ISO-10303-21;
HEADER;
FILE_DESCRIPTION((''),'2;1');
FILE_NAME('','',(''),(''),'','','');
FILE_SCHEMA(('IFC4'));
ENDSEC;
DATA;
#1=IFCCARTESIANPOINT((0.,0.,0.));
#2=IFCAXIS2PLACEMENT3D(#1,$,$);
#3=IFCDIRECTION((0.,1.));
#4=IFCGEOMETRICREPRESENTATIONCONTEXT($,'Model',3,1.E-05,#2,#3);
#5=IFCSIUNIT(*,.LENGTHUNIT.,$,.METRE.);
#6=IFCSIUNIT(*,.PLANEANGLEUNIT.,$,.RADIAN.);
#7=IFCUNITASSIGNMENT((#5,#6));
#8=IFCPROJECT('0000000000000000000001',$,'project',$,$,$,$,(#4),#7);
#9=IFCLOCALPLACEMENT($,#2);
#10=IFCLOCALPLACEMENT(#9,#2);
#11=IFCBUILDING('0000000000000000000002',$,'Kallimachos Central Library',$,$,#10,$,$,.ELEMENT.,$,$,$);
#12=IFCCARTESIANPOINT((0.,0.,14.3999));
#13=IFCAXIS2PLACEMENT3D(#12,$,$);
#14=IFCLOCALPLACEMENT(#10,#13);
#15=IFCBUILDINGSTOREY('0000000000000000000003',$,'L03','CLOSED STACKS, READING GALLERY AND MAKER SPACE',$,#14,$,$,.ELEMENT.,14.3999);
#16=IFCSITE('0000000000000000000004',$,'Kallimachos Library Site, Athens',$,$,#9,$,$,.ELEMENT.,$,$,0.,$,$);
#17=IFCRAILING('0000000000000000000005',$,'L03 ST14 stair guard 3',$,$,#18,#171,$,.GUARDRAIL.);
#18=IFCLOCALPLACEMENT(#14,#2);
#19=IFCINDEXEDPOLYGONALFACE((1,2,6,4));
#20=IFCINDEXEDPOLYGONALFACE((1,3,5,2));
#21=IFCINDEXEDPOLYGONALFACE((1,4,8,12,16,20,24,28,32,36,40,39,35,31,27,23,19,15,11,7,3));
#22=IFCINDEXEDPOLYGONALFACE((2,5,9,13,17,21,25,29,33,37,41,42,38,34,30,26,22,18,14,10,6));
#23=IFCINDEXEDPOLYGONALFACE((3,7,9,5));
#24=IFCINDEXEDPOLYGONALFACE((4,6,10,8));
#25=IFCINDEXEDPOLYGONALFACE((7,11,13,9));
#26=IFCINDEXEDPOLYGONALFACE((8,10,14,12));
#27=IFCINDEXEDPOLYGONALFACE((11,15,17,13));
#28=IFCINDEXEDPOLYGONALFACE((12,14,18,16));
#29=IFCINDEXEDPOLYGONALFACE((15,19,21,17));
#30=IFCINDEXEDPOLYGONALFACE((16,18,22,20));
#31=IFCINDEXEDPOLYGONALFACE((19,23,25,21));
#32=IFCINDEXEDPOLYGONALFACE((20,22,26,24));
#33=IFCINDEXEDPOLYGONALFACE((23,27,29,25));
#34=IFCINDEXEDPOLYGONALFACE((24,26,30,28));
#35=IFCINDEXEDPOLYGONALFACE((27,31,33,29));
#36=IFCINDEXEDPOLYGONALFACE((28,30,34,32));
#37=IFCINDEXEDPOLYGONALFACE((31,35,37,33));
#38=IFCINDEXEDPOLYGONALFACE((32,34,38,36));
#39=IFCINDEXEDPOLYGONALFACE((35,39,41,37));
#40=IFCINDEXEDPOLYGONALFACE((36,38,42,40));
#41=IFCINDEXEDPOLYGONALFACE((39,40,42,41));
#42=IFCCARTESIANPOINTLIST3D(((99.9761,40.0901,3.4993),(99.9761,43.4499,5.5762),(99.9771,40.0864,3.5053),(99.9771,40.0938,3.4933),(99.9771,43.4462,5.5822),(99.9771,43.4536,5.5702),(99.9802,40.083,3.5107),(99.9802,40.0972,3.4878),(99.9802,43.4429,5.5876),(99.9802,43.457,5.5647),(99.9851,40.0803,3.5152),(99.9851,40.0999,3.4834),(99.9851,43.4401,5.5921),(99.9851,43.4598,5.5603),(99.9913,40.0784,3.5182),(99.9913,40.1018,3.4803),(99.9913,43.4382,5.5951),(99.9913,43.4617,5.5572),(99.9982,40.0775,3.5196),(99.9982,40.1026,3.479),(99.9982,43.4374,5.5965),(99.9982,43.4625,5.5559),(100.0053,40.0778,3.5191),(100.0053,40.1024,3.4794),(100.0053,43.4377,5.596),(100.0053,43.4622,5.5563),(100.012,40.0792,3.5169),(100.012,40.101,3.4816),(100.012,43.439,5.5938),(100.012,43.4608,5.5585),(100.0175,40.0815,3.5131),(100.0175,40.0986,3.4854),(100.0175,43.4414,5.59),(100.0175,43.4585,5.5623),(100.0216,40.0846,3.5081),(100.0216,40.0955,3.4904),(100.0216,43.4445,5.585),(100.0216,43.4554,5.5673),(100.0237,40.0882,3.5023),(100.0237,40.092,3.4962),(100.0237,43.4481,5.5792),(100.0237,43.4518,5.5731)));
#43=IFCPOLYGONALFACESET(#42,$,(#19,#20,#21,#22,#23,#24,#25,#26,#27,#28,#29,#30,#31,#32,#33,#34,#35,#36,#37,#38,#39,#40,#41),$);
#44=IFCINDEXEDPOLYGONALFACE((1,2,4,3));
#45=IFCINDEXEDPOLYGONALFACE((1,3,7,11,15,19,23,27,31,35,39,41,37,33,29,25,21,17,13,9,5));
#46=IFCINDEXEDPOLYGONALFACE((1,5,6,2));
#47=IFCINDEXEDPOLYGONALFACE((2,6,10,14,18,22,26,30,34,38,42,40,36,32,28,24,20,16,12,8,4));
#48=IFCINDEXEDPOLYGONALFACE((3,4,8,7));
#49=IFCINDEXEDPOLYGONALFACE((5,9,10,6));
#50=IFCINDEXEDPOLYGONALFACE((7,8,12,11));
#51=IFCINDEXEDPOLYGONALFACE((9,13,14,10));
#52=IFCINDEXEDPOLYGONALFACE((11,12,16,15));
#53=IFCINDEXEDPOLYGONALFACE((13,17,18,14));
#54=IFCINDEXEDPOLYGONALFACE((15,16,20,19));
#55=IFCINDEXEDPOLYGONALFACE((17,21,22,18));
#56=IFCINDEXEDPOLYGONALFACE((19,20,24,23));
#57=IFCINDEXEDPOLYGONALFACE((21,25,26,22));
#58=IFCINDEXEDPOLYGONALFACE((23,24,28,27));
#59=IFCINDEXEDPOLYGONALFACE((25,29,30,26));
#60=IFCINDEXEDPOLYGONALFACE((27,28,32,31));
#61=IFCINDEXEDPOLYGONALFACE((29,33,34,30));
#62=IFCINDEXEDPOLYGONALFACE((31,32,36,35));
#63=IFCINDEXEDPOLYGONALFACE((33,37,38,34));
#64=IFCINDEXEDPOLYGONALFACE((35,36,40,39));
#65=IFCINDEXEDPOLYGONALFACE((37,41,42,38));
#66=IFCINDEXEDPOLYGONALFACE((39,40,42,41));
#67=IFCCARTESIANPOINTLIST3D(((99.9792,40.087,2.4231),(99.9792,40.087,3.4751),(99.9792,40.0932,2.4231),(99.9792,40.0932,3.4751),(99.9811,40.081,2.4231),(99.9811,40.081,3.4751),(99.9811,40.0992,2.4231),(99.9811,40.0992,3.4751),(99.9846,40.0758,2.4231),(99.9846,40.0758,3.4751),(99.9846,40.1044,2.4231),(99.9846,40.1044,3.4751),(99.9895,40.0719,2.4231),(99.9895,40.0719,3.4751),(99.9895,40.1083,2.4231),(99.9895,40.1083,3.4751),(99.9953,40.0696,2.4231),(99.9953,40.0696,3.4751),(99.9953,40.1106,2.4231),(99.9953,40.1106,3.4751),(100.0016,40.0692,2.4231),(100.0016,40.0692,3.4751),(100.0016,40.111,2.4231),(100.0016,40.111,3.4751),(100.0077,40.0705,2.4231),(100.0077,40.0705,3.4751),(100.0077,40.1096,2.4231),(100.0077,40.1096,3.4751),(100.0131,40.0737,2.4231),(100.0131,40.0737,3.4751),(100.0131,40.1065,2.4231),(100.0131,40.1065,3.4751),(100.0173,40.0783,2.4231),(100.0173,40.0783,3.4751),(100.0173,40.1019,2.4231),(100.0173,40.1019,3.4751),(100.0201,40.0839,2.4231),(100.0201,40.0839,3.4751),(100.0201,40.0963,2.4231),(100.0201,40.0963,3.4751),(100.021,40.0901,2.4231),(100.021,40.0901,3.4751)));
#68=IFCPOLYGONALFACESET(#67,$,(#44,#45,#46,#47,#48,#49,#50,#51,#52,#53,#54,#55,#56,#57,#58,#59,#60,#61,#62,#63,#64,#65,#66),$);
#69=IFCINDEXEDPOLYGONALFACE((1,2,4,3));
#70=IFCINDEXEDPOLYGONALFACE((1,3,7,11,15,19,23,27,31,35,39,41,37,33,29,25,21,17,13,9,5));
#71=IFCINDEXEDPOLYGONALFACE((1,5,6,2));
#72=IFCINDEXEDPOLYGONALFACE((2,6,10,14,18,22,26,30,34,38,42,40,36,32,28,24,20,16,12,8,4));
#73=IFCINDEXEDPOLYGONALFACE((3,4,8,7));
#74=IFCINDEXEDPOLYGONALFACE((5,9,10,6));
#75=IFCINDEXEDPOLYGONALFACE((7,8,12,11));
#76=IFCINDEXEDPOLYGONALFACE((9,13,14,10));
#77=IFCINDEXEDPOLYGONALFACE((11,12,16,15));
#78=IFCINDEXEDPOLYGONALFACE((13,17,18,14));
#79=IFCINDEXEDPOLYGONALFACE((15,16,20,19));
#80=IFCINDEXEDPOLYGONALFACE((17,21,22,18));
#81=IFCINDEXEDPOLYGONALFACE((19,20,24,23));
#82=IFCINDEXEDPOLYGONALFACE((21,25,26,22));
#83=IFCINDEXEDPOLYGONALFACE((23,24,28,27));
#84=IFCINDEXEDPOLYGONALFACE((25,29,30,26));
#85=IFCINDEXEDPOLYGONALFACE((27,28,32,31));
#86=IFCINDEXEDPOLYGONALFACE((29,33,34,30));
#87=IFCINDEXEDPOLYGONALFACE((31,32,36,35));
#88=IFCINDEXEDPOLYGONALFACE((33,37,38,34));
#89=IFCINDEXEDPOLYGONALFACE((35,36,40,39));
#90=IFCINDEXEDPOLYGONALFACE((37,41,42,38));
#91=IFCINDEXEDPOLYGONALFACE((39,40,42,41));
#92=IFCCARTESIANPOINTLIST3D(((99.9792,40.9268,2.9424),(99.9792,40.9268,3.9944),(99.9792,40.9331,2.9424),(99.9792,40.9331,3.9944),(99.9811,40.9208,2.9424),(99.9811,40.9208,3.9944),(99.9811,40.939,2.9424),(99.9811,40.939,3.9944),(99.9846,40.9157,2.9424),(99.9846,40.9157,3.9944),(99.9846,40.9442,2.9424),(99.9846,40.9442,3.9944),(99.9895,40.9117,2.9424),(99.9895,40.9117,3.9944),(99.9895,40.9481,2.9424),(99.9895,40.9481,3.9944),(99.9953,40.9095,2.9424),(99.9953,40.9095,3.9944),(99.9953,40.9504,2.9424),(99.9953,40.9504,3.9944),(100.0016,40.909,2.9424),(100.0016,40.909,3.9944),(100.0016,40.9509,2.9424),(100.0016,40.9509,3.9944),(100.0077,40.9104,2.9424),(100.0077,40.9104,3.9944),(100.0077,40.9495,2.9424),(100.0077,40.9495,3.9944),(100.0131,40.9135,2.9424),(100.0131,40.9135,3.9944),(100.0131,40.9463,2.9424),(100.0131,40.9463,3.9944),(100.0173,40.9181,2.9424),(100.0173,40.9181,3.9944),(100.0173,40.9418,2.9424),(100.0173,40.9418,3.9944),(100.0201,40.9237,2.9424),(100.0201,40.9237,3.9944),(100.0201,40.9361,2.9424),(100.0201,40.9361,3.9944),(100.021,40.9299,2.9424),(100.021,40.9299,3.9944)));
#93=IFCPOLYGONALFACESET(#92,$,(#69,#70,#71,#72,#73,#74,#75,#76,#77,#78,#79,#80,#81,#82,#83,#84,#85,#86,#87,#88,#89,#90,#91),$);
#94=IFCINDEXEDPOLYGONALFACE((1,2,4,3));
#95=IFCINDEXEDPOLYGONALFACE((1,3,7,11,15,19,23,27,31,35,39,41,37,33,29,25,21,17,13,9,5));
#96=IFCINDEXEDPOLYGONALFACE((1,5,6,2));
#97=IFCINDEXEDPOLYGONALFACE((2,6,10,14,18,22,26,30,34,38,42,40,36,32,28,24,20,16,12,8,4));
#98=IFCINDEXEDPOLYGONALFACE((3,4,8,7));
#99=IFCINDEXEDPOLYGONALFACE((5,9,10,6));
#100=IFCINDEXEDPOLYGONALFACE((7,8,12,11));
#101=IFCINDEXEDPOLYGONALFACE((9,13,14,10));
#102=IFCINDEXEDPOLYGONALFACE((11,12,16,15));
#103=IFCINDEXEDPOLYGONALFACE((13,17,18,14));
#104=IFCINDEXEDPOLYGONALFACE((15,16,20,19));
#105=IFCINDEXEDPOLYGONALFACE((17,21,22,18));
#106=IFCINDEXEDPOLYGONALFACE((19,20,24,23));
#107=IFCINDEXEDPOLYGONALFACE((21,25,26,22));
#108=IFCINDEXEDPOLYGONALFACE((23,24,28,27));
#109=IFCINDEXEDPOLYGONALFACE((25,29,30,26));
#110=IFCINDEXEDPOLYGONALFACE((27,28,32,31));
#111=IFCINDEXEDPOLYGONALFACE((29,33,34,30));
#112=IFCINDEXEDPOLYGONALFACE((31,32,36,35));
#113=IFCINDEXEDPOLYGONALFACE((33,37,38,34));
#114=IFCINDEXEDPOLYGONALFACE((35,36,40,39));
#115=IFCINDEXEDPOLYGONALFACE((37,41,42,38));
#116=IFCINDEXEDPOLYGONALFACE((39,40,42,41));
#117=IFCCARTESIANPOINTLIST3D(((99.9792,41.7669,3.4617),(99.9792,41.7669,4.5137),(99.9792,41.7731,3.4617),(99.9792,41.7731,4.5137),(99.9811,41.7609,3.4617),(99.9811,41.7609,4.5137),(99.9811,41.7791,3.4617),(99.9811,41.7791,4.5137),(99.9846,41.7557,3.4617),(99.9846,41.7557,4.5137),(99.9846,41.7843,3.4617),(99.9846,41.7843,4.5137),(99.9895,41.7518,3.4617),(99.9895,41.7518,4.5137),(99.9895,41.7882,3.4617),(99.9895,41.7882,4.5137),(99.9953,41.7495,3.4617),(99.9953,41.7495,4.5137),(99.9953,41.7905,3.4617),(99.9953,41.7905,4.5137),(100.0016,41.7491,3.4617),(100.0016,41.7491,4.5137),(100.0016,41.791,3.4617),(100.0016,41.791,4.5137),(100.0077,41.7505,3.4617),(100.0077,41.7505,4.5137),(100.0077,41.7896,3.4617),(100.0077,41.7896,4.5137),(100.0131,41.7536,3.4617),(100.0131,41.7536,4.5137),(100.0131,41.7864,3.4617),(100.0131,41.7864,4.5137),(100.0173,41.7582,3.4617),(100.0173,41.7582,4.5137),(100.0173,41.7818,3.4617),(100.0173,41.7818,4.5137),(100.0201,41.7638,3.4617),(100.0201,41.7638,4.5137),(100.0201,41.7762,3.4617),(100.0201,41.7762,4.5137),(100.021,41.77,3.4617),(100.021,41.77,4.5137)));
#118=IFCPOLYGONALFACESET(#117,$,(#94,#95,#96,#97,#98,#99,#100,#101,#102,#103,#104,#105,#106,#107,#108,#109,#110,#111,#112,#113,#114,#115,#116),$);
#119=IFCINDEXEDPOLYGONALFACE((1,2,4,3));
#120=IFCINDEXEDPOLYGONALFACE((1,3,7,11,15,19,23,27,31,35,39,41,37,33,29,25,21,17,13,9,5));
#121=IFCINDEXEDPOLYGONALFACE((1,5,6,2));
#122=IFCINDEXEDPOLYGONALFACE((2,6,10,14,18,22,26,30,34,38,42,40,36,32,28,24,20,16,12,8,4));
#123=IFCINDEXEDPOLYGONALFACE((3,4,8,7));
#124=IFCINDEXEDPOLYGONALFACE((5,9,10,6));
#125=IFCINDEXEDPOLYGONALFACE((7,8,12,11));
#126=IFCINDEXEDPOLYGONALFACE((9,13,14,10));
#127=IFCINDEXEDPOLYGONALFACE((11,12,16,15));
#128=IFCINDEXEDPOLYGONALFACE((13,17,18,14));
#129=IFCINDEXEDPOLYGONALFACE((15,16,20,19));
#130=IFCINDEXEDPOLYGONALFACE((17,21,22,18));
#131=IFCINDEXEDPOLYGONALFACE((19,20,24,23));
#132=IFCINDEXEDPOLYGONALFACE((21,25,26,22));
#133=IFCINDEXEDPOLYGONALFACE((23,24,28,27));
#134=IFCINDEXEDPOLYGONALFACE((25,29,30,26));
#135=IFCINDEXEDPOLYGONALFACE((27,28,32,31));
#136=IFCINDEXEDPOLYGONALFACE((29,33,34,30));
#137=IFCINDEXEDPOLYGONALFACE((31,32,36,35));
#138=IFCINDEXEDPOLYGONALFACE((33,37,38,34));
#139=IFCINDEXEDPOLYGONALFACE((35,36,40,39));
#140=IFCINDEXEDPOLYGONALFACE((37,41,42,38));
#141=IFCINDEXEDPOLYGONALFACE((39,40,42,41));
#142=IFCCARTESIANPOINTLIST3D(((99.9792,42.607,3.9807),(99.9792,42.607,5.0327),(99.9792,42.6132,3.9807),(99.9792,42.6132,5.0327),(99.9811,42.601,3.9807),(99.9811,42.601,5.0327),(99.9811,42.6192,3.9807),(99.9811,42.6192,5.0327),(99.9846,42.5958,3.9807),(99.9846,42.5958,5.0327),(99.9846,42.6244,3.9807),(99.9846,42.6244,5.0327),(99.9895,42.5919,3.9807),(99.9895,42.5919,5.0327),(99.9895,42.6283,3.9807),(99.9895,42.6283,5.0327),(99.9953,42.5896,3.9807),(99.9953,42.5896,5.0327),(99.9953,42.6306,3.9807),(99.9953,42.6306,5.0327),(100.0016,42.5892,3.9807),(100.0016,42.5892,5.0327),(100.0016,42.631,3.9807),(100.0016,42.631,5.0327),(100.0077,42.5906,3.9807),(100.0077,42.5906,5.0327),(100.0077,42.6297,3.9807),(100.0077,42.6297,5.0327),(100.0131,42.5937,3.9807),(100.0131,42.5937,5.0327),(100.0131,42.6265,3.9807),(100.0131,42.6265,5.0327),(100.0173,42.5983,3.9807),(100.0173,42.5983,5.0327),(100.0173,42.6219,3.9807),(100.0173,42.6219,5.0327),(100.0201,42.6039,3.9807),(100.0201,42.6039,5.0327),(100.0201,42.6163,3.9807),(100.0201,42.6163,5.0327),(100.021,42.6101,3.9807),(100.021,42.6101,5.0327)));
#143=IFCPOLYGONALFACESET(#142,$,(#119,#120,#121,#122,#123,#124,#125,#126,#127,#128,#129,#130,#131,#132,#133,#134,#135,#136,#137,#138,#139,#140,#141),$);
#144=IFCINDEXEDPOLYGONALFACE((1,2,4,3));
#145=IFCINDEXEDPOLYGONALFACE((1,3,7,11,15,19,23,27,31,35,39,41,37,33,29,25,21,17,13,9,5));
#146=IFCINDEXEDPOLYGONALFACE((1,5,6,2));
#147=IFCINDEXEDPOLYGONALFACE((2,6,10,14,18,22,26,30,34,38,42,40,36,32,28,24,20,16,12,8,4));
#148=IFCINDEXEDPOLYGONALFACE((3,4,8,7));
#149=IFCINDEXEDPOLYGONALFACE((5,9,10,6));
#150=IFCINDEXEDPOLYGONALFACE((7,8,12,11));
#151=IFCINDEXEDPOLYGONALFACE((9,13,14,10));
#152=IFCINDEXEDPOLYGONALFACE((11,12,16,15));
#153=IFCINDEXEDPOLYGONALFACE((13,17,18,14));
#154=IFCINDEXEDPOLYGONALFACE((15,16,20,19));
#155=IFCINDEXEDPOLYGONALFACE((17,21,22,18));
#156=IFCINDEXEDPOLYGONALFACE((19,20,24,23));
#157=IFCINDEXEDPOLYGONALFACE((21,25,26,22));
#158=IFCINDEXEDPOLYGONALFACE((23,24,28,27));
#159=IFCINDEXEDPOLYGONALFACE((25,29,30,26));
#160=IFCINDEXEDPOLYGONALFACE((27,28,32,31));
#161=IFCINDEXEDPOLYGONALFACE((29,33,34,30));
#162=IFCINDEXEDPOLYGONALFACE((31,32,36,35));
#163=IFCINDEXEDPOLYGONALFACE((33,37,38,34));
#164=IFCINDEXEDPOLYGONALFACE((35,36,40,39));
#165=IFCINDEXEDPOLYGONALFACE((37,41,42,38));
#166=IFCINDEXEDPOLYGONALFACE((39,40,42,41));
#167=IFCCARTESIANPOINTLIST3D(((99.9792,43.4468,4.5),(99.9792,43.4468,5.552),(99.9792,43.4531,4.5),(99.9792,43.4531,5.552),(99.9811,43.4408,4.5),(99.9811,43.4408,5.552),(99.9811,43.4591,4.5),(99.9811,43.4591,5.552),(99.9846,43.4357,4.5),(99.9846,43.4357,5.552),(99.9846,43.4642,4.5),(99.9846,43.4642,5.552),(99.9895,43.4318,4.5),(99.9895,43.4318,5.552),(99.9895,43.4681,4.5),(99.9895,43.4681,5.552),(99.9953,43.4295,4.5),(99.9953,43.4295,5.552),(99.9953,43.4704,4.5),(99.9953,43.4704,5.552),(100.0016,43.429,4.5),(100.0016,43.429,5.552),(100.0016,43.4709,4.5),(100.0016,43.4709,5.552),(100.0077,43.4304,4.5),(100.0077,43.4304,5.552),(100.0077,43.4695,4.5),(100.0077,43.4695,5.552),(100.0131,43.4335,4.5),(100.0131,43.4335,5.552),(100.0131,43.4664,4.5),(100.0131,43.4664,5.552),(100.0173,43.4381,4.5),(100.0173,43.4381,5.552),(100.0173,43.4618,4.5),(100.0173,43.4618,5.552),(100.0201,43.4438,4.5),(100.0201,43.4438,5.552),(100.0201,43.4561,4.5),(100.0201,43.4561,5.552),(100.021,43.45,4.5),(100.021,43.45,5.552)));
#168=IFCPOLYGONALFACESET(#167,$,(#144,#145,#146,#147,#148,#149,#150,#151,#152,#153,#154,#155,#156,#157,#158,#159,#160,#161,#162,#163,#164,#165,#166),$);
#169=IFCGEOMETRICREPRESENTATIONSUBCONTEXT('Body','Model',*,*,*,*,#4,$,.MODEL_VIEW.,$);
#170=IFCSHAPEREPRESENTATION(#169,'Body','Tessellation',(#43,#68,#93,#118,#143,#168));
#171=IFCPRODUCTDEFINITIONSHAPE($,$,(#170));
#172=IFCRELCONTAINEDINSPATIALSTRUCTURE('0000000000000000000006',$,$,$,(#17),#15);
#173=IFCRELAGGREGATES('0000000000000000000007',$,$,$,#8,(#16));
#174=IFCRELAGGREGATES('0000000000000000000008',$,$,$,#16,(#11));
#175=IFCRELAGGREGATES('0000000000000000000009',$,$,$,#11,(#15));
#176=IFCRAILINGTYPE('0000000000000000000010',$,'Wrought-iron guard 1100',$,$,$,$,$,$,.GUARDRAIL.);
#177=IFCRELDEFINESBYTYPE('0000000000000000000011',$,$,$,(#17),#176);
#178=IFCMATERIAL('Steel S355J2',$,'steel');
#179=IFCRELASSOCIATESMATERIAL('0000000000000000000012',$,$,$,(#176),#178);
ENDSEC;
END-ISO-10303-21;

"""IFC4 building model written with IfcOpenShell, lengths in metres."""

from ifc_helpers import new_model, si_unit, direction, frame, origin, origin_2d, place, context, subcontext, project, spatial, circle, extrude, material, type_object, element, save


model = new_model("IFC4")

# Units and contexts
model_context = context("Model", 3, precision=1e-05, world=origin(), true_north=direction((0.0, 1.0)))
body_context = subcontext(model_context, "Body", "Model", "MODEL_VIEW")
ifc_project = project(units=[si_unit("LENGTHUNIT", "METRE"), si_unit("PLANEANGLEUNIT", "RADIAN")], contexts=[model_context])

# Site, building, storey
site_placement = place(None, origin())
site = spatial("IfcSite", under=ifc_project, at=site_placement, Name="Kallimachos Library Site, Athens", CompositionType="ELEMENT", RefElevation=0.0)
building_placement = place(site_placement, origin())
building = spatial("IfcBuilding", under=site, at=building_placement, Name="Kallimachos Central Library", CompositionType="ELEMENT")
storey_placement = place(building_placement, frame((0.0, 0.0, 14.3999)))
storey = spatial("IfcBuildingStorey", under=building, at=storey_placement, Name="L03", Description="CLOSED STACKS, READING GALLERY AND MAKER SPACE", CompositionType="ELEMENT", Elevation=14.3999)

# Railing
ifc_material_1 = material(Name="Steel S355J2", Category="steel")
railing_type_1 = type_object("IfcRailingType", Name="Wrought-iron guard 1100", PredefinedType="GUARDRAIL", material=ifc_material_1)
railing_1_placement = place(storey_placement, frame((100.0, 40.0901, 2.4231)))
element("IfcRailing", 1, at=railing_1_placement, inside=storey, type_object=railing_type_1, Name="L03 ST14 stair guard 3", PredefinedType="GUARDRAIL", context=body_context, shape_type="SweptSolid", body=[
    extrude(circle(Radius=0.0239, at=origin_2d()), frame((0.0, 0.0, 1.0762), z_axis=(0.0, 0.850606, 0.525803), x_axis=(-1.0, 0.0, 0.0)), (0.0, 0.0, 1.0), 3.95),
    extrude(circle(Radius=0.021, at=origin_2d()), origin(), (0.0, 0.0, 1.0), 1.052),
    extrude(circle(Radius=0.021, at=origin_2d()), frame((0.0, 0.8398, 0.5193)), (0.0, 0.0, 1.0), 1.052),
    extrude(circle(Radius=0.021, at=origin_2d()), frame((0.0, 1.6799, 1.0386)), (0.0, 0.0, 1.0), 1.052),
    extrude(circle(Radius=0.021, at=origin_2d()), frame((0.0, 2.52, 1.5576)), (0.0, 0.0, 1.0), 1.052),
    extrude(circle(Radius=0.021, at=origin_2d()), frame((0.0, 3.3599, 2.0769)), (0.0, 0.0, 1.0), 1.052),
])

save(model, "model.ifc")
